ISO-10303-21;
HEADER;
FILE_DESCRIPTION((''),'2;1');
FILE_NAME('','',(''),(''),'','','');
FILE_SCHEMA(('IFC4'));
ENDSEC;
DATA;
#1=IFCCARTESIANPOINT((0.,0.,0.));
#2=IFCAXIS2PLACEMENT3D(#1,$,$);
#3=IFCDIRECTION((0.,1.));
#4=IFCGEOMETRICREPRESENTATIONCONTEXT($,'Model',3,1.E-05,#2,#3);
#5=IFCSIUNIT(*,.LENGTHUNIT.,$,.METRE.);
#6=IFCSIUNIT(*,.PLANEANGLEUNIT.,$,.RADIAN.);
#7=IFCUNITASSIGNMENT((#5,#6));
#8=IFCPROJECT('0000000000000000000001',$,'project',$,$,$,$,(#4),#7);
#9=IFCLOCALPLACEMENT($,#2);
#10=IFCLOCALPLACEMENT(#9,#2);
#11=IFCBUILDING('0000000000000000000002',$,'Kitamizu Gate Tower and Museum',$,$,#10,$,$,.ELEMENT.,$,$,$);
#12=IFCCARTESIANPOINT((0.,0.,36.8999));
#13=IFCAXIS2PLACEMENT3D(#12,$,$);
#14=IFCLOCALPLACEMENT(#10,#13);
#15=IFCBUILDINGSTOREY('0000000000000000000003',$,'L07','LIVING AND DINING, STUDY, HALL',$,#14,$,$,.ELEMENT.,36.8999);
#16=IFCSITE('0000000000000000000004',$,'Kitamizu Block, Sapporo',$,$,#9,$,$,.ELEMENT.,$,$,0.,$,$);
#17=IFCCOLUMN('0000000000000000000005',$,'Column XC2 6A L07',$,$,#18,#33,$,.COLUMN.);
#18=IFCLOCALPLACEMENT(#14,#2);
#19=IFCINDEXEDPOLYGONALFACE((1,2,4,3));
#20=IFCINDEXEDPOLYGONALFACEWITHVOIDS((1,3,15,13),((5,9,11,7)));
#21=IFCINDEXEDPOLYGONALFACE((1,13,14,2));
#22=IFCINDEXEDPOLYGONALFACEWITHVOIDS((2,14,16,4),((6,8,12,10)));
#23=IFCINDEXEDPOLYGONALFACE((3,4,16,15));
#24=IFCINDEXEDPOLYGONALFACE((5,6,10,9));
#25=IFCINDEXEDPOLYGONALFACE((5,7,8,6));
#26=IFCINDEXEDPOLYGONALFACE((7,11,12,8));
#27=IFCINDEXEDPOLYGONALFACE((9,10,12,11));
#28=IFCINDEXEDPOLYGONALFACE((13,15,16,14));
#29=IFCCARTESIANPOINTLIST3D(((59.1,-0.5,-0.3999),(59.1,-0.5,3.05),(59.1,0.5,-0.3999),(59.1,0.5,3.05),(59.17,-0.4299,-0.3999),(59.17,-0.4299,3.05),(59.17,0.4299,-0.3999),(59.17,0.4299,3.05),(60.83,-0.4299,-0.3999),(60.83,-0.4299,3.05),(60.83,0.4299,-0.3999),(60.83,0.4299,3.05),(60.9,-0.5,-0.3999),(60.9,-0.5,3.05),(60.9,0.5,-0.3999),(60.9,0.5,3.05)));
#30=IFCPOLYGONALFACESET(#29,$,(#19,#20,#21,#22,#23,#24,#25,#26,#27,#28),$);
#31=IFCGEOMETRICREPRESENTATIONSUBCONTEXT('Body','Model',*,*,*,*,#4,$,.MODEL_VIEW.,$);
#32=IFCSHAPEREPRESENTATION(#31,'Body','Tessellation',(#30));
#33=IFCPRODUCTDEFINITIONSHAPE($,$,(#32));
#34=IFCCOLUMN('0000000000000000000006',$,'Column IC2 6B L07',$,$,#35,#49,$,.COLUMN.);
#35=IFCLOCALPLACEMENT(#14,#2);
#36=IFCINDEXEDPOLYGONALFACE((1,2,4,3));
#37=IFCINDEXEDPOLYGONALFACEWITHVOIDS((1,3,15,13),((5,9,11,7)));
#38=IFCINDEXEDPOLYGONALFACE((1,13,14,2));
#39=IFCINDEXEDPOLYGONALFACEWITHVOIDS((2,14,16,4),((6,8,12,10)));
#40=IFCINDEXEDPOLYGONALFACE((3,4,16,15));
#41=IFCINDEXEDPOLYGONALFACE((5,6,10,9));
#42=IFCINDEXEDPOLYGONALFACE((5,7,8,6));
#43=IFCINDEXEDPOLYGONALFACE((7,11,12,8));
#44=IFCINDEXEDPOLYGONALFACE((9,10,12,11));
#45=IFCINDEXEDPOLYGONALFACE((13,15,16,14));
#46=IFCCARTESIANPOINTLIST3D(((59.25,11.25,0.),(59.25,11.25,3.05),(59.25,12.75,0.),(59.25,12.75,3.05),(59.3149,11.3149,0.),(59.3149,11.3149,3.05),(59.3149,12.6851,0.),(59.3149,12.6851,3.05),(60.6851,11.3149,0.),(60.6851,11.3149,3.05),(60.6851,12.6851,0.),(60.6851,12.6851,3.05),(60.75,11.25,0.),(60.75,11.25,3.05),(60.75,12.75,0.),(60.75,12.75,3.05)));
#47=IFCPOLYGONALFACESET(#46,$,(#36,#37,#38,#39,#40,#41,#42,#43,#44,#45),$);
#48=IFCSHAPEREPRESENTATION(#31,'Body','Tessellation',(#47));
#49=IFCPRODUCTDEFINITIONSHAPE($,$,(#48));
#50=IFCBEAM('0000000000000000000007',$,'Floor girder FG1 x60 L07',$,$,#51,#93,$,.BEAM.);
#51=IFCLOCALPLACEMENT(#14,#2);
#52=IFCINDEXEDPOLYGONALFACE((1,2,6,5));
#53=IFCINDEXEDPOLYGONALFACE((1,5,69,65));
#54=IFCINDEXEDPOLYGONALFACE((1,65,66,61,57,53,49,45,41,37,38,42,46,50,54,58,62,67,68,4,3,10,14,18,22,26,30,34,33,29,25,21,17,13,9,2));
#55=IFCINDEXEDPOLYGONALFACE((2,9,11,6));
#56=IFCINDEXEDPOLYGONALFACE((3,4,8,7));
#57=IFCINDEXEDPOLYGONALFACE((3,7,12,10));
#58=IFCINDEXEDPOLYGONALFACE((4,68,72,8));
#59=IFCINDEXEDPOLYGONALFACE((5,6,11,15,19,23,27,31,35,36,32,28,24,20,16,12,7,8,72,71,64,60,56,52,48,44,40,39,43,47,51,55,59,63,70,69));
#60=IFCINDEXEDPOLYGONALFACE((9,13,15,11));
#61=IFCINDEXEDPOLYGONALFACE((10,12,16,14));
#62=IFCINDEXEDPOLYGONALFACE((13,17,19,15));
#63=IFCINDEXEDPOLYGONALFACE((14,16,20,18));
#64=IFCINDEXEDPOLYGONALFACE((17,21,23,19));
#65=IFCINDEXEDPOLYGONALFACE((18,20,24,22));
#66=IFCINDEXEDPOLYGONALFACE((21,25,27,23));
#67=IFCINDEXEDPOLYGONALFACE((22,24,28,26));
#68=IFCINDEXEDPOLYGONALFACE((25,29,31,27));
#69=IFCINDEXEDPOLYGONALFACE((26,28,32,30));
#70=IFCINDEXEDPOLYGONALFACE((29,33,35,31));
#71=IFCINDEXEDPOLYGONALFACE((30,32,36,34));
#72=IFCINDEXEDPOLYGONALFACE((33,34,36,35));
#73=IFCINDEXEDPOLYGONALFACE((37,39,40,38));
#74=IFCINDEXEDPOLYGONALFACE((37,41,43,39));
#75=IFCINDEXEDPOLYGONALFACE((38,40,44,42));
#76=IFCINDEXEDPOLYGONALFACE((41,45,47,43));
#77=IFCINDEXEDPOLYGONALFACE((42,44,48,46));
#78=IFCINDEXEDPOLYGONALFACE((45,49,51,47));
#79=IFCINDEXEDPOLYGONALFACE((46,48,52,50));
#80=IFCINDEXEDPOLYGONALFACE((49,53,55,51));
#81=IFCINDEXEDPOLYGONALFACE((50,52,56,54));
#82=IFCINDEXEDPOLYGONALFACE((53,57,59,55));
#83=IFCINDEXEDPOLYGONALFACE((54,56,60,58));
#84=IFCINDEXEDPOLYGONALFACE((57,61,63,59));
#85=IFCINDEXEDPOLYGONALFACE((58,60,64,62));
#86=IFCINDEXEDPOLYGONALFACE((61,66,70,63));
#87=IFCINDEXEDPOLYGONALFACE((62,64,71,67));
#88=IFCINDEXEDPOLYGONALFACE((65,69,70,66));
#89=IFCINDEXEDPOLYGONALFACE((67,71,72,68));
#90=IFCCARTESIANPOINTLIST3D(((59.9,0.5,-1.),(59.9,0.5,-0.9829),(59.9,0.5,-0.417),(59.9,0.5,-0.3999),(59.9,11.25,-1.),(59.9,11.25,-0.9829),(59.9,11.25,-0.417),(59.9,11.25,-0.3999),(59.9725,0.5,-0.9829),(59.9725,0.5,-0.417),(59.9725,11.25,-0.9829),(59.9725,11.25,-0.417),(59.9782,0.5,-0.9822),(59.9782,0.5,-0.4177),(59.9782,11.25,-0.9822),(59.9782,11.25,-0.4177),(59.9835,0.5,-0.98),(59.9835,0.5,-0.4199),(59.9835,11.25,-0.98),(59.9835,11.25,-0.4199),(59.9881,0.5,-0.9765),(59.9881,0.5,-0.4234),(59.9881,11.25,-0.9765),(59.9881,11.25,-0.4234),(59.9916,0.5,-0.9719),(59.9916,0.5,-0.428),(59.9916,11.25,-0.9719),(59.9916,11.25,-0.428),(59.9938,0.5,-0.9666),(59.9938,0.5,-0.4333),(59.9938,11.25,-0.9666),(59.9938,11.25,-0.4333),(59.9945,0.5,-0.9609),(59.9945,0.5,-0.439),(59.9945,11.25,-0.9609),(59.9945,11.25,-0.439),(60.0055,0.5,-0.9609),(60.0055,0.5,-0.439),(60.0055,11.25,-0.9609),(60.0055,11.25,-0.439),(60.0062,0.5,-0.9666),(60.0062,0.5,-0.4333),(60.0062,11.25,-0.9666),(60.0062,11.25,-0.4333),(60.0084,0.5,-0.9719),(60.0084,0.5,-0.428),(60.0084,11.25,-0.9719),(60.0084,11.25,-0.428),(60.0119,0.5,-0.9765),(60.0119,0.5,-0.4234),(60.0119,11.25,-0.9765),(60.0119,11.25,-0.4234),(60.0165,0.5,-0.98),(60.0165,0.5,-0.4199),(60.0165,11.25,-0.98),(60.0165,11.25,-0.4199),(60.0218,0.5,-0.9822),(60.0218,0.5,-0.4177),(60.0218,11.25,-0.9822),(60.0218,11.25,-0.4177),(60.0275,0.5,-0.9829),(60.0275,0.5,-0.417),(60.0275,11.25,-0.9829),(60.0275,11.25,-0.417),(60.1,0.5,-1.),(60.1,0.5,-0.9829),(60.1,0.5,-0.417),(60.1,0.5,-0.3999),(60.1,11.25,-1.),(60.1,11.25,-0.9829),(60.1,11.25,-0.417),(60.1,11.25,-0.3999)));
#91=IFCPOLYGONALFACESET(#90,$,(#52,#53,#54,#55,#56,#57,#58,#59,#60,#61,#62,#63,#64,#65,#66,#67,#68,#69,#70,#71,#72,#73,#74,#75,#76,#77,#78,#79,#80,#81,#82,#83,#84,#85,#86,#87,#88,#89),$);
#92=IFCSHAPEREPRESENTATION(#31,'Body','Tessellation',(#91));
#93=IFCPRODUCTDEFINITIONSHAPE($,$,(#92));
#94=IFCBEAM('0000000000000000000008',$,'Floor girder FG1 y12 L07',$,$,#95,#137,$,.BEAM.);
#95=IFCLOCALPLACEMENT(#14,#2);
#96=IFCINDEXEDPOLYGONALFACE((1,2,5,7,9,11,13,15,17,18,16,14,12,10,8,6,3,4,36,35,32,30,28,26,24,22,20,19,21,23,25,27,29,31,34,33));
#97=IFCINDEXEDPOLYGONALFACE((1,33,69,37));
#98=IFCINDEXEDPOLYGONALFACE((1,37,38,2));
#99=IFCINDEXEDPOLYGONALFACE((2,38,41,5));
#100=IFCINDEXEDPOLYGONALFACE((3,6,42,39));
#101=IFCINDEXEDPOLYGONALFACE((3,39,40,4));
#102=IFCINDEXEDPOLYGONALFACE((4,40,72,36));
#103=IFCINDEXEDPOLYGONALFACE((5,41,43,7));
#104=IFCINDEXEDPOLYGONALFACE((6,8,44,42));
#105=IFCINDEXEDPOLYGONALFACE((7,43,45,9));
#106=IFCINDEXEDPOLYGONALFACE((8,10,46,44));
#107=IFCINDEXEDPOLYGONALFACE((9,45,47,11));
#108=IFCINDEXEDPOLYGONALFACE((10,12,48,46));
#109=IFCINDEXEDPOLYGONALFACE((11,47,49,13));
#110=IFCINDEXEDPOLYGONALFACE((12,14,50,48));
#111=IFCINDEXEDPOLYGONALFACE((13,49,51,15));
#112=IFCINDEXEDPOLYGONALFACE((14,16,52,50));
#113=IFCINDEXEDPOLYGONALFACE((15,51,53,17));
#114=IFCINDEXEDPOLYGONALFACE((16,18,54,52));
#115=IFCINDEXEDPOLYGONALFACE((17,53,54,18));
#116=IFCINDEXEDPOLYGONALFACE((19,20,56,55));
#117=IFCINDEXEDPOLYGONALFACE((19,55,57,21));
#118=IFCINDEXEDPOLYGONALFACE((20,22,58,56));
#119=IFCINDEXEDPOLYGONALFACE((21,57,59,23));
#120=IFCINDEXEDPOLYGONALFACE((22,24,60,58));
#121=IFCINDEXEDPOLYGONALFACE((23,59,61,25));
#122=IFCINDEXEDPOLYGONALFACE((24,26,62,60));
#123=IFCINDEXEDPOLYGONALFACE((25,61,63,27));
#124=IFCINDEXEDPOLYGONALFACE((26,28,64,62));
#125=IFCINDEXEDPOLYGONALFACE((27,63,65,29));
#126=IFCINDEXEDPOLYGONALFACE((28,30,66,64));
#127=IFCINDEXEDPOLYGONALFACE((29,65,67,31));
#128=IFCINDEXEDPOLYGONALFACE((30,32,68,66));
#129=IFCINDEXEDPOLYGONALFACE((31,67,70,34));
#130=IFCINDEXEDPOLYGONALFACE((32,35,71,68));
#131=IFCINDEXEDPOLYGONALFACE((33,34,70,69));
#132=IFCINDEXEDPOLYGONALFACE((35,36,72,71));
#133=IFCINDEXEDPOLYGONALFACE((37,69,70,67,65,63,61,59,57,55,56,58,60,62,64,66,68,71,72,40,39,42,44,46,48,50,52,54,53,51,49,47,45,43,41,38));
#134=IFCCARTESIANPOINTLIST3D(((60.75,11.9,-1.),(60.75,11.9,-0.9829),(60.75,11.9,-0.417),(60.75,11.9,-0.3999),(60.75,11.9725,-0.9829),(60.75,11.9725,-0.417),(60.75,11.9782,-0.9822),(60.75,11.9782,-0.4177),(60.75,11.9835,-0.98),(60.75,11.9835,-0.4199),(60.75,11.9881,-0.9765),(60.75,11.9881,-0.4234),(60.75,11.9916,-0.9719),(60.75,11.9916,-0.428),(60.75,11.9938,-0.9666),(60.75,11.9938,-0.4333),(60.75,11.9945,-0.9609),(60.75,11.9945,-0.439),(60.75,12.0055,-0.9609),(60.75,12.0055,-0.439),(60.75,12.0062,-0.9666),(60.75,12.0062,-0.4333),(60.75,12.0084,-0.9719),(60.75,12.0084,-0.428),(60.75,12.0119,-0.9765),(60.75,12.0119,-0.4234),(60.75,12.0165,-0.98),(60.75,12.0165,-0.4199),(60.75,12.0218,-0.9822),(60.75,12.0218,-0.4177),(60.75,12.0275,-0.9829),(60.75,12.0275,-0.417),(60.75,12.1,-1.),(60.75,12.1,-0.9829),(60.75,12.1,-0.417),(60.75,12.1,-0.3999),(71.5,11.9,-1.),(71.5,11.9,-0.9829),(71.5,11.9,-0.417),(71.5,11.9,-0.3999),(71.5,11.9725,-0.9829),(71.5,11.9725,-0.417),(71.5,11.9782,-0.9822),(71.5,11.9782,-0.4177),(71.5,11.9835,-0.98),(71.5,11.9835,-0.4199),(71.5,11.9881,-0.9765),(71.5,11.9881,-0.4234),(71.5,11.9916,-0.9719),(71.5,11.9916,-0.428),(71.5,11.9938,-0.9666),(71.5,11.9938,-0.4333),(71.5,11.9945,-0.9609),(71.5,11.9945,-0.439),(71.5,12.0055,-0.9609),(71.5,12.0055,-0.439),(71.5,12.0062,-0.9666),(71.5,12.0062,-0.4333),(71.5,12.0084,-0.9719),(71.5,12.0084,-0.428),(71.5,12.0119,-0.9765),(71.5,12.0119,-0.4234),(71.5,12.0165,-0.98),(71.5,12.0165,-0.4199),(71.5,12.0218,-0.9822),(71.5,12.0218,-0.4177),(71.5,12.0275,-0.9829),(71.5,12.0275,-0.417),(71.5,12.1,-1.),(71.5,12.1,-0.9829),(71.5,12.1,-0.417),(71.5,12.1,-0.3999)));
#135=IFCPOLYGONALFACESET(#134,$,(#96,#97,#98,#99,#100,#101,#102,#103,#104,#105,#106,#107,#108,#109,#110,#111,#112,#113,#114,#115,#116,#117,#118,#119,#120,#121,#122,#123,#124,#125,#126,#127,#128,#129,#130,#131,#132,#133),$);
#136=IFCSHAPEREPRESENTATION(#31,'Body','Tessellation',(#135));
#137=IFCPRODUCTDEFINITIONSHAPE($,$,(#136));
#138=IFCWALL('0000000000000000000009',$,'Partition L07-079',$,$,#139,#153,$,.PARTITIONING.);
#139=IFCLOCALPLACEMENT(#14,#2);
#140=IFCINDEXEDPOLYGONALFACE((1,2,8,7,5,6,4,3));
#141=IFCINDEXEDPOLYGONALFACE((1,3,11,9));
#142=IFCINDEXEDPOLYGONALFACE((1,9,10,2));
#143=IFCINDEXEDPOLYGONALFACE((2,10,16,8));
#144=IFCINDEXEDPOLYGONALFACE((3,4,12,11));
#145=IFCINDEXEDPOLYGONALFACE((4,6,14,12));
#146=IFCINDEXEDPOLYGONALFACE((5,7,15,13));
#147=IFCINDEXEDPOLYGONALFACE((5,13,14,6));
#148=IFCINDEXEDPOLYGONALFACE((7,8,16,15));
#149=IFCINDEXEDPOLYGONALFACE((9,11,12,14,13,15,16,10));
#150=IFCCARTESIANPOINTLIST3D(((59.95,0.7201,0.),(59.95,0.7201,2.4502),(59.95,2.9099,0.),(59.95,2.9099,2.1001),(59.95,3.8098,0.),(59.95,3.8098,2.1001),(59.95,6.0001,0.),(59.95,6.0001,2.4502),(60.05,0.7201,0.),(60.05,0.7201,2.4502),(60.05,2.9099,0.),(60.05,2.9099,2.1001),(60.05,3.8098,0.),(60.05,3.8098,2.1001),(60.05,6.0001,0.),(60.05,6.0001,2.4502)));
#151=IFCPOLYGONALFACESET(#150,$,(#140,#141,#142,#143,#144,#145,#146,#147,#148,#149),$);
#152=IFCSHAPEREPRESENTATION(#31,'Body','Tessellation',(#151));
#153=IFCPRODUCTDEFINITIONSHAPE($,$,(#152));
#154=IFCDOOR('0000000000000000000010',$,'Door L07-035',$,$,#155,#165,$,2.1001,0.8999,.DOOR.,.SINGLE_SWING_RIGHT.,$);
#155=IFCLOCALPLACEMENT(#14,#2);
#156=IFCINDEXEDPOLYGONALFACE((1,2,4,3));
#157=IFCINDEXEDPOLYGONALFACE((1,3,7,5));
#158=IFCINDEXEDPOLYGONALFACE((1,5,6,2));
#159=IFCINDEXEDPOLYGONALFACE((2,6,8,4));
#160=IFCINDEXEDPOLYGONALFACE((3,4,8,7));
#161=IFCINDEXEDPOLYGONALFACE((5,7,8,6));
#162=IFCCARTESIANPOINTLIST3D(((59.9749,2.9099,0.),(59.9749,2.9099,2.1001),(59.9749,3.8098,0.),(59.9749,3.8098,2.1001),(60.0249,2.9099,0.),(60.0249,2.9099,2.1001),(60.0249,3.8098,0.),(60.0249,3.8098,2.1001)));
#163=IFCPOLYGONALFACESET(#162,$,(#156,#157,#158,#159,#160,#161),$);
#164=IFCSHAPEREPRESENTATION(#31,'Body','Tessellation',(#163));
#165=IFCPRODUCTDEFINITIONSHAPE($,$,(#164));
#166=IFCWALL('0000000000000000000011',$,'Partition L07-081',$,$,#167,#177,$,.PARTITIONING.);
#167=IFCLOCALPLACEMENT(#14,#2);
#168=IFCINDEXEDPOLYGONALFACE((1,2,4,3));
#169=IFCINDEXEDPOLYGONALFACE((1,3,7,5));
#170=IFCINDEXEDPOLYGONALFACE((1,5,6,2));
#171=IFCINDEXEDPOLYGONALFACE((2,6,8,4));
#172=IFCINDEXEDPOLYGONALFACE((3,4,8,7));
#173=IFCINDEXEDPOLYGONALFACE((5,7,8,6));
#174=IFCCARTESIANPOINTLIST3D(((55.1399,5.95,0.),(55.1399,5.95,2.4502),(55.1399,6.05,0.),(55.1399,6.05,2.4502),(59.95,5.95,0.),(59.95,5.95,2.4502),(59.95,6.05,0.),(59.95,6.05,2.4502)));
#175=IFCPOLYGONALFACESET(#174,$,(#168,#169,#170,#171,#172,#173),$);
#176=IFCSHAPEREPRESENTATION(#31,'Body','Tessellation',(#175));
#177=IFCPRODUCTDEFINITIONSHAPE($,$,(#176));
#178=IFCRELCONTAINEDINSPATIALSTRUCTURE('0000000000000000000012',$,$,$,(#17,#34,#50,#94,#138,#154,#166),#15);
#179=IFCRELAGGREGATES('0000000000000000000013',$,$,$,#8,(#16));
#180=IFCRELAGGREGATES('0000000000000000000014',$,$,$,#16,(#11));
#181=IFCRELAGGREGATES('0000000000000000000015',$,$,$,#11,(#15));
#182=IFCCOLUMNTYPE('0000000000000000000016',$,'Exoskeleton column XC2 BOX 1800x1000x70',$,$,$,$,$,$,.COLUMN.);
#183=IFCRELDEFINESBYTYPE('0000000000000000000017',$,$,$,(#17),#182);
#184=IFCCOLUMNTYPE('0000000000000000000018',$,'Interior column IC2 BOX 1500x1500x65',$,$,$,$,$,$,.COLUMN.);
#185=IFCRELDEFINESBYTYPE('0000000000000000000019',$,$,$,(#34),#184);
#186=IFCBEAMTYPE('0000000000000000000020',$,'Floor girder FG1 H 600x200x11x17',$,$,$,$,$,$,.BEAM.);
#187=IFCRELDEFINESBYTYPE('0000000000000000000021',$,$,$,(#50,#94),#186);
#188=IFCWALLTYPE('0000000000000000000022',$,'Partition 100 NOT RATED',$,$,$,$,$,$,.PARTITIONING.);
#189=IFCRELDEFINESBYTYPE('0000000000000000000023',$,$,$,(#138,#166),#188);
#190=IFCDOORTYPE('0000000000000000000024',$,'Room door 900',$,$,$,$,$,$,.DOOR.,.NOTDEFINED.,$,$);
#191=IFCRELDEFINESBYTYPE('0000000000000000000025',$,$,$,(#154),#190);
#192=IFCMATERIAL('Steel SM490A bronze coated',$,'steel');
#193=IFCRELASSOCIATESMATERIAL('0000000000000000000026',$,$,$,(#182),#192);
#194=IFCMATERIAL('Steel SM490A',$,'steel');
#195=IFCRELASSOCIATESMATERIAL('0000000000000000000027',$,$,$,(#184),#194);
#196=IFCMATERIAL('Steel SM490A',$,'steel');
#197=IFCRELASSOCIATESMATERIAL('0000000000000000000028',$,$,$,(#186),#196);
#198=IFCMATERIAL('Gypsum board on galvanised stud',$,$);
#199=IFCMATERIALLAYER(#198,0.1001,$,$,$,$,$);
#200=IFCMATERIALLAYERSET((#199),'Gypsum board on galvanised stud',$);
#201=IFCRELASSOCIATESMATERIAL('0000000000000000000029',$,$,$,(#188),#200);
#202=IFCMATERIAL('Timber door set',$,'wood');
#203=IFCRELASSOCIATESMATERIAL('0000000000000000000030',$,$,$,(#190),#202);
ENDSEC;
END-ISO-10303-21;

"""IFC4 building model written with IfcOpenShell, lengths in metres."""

from ifc_helpers import new_model, si_unit, direction, frame, frame_2d, origin, origin_2d, place, context, subcontext, project, spatial, rectangle, hollow_rectangle, i_section, extrude, material, layer, layer_set, material_profile, profile_set, type_object, element, fill, save


model = new_model("IFC4")

# Units and contexts
model_context = context("Model", 3, precision=1e-05, world=origin(), true_north=direction((0.0, 1.0)))
body_context = subcontext(model_context, "Body", "Model", "MODEL_VIEW")
ifc_project = project(units=[si_unit("LENGTHUNIT", "METRE"), si_unit("PLANEANGLEUNIT", "RADIAN")], contexts=[model_context])

# Site, building, storey
site_placement = place(None, origin())
site = spatial("IfcSite", under=ifc_project, at=site_placement, Name="Kitamizu Block, Sapporo", CompositionType="ELEMENT", RefElevation=0.0)
building_placement = place(site_placement, origin())
building = spatial("IfcBuilding", under=site, at=building_placement, Name="Kitamizu Gate Tower and Museum", CompositionType="ELEMENT")
storey_placement = place(building_placement, frame((0.0, 0.0, 36.8999)))
storey = spatial("IfcBuildingStorey", under=building, at=storey_placement, Name="L07", Description="LIVING AND DINING, STUDY, HALL", CompositionType="ELEMENT", Elevation=36.8999)

# Columns
ifc_material_1 = material(Name="Steel SM490A bronze coated", Category="steel")
ifc_material_profile_1 = material_profile(ifc_material_1, hollow_rectangle(XDim=1.8, YDim=1.0, WallThickness=0.0701, at=origin_2d()), Name="BOX 1800x1000x70")
ifc_profile_set_1 = profile_set([ifc_material_profile_1], Name="Steel SM490A bronze coated")
column_type_1 = type_object("IfcColumnType", Name="Exoskeleton column XC2 BOX 1800x1000x70", PredefinedType="COLUMN", material=ifc_profile_set_1)
column_1_placement = place(storey_placement, frame((60.0, 0.0, -0.3999), z_axis=(0.0, 0.0, 1.0), x_axis=(1.0, 0.0, 0.0)))
element("IfcColumn", 1, at=column_1_placement, inside=storey, type_object=column_type_1, Name="Column XC2 6A L07", PredefinedType="COLUMN", context=body_context, shape_type="SweptSolid", body=[
    extrude(hollow_rectangle(XDim=1.8, YDim=1.0, WallThickness=0.0701, at=origin_2d()), origin(), (0.0, 0.0, 1.0), 3.45),
])
ifc_material_2 = material(Name="Steel SM490A", Category="steel")
ifc_material_profile_2 = material_profile(ifc_material_2, hollow_rectangle(XDim=1.5, YDim=1.5, WallThickness=0.0649, at=origin_2d()), Name="BOX 1500x1500x65")
ifc_profile_set_2 = profile_set([ifc_material_profile_2], Name="Steel SM490A")
column_type_2 = type_object("IfcColumnType", Name="Interior column IC2 BOX 1500x1500x65", PredefinedType="COLUMN", material=ifc_profile_set_2)
column_2_placement = place(storey_placement, frame((60.0, 12.0, 0.0), z_axis=(0.0, 0.0, 1.0), x_axis=(1.0, 0.0, 0.0)))
element("IfcColumn", 2, at=column_2_placement, inside=storey, type_object=column_type_2, Name="Column IC2 6B L07", PredefinedType="COLUMN", context=body_context, shape_type="SweptSolid", body=[
    extrude(hollow_rectangle(XDim=1.5, YDim=1.5, WallThickness=0.0649, at=origin_2d()), origin(), (0.0, 0.0, 1.0), 3.05),
])

# Beams
ifc_material_3 = material(Name="Steel SM490A", Category="steel")
ifc_material_profile_3 = material_profile(ifc_material_3, i_section(OverallWidth=0.2, OverallDepth=0.6001, WebThickness=0.011, FlangeThickness=0.0171, FilletRadius=0.022, at=origin_2d()), Name="H-600x200x11x17")
ifc_profile_set_3 = profile_set([ifc_material_profile_3], Name="Steel SM490A")
beam_type = type_object("IfcBeamType", Name="Floor girder FG1 H 600x200x11x17", PredefinedType="BEAM", material=ifc_profile_set_3)
for number, where, z_axis, x_axis, name in (
    (3, (60.0, 0.5, -0.7), (0.0, 1.0, 0.0), (-1.0, 0.0, 0.0), "Floor girder FG1 x60 L07"),
    (4, (60.75, 12.0, -0.7), (1.0, 0.0, 0.0), (0.0, 1.0, 0.0), "Floor girder FG1 y12 L07"),
):
    element("IfcBeam", number, at=place(storey_placement, frame(where, z_axis=z_axis, x_axis=x_axis)), inside=storey, type_object=beam_type, Name=name, PredefinedType="BEAM", context=body_context, shape_type="SweptSolid", body=[
        extrude(i_section(OverallWidth=0.2, OverallDepth=0.6001, WebThickness=0.011, FlangeThickness=0.0171, FilletRadius=0.022, at=origin_2d()), origin(), (0.0, 0.0, 1.0), 10.75),
    ])

# Wall, opening, door
ifc_material_4 = material(Name="Gypsum board on galvanised stud")
ifc_layer_1 = layer(ifc_material_4, 0.1001)
ifc_layer_set_1 = layer_set([ifc_layer_1], Name="Gypsum board on galvanised stud")
wall_type_1 = type_object("IfcWallType", Name="Partition 100 NOT RATED", PredefinedType="PARTITIONING", material=ifc_layer_set_1)
wall_1_placement = place(storey_placement, frame((60.0, 0.72, 0.0), z_axis=(0.0, 0.0, 1.0), x_axis=(0.0, 1.0, 0.0)))
wall_1 = element("IfcWall", 5, at=wall_1_placement, inside=storey, type_object=wall_type_1, Name="Partition L07-079", PredefinedType="PARTITIONING", context=body_context, shape_type="SweptSolid", body=[
    extrude(rectangle(XDim=5.28, YDim=0.1001, at=frame_2d((2.6401, 0.0))), origin(), (0.0, 0.0, 1.0), 2.4502),
])
opening_1_placement = place(wall_1_placement, frame((2.1899, 0.0, 0.0)))
opening_1 = element("IfcOpeningElement", 6, at=opening_1_placement, cuts=wall_1, PredefinedType="OPENING", context=body_context, shape_type="SweptSolid", body=[
    extrude(rectangle(XDim=0.8999, YDim=2.1001, at=frame_2d((0.45, 1.05))), frame((0.0, 0.0601, 0.0), z_axis=(0.0, -1.0, 0.0), x_axis=(1.0, 0.0, 0.0)), (0.0, 0.0, 1.0), 0.1201),
])
ifc_material_5 = material(Name="Timber door set", Category="wood")
door_type = type_object("IfcDoorType", Name="Room door 900", OperationType="NOTDEFINED", PredefinedType="DOOR", material=ifc_material_5)
door_1_placement = place(opening_1_placement, frame((0.8999, 0.0, 0.0), x_axis=(-1.0, 0.0, 0.0)))
door_1 = element("IfcDoor", 7, at=door_1_placement, inside=storey, type_object=door_type, Name="Door L07-035", OperationType="SINGLE_SWING_RIGHT", OverallHeight=2.1001, OverallWidth=0.8999, PredefinedType="DOOR", context=body_context, shape_type="SweptSolid", body=[
    extrude(rectangle(XDim=0.8999, YDim=2.1001, at=frame_2d((0.45, 1.05))), frame((0.0, 0.0249, 0.0), z_axis=(0.0, -1.0, 0.0), x_axis=(1.0, 0.0, 0.0)), (0.0, 0.0, 1.0), 0.05),
])
fill(opening_1, door_1)

# Wall
wall_2_placement = place(storey_placement, frame((59.95, 6.0, 0.0), z_axis=(0.0, 0.0, 1.0), x_axis=(-1.0, 0.0, 0.0)))
element("IfcWall", 8, at=wall_2_placement, inside=storey, type_object=wall_type_1, Name="Partition L07-081", PredefinedType="PARTITIONING", context=body_context, shape_type="SweptSolid", body=[
    extrude(rectangle(XDim=4.8101, YDim=0.1001, at=frame_2d((2.405, 0.0))), origin(), (0.0, 0.0, 1.0), 2.4502),
])

save(model, "model.ifc")
